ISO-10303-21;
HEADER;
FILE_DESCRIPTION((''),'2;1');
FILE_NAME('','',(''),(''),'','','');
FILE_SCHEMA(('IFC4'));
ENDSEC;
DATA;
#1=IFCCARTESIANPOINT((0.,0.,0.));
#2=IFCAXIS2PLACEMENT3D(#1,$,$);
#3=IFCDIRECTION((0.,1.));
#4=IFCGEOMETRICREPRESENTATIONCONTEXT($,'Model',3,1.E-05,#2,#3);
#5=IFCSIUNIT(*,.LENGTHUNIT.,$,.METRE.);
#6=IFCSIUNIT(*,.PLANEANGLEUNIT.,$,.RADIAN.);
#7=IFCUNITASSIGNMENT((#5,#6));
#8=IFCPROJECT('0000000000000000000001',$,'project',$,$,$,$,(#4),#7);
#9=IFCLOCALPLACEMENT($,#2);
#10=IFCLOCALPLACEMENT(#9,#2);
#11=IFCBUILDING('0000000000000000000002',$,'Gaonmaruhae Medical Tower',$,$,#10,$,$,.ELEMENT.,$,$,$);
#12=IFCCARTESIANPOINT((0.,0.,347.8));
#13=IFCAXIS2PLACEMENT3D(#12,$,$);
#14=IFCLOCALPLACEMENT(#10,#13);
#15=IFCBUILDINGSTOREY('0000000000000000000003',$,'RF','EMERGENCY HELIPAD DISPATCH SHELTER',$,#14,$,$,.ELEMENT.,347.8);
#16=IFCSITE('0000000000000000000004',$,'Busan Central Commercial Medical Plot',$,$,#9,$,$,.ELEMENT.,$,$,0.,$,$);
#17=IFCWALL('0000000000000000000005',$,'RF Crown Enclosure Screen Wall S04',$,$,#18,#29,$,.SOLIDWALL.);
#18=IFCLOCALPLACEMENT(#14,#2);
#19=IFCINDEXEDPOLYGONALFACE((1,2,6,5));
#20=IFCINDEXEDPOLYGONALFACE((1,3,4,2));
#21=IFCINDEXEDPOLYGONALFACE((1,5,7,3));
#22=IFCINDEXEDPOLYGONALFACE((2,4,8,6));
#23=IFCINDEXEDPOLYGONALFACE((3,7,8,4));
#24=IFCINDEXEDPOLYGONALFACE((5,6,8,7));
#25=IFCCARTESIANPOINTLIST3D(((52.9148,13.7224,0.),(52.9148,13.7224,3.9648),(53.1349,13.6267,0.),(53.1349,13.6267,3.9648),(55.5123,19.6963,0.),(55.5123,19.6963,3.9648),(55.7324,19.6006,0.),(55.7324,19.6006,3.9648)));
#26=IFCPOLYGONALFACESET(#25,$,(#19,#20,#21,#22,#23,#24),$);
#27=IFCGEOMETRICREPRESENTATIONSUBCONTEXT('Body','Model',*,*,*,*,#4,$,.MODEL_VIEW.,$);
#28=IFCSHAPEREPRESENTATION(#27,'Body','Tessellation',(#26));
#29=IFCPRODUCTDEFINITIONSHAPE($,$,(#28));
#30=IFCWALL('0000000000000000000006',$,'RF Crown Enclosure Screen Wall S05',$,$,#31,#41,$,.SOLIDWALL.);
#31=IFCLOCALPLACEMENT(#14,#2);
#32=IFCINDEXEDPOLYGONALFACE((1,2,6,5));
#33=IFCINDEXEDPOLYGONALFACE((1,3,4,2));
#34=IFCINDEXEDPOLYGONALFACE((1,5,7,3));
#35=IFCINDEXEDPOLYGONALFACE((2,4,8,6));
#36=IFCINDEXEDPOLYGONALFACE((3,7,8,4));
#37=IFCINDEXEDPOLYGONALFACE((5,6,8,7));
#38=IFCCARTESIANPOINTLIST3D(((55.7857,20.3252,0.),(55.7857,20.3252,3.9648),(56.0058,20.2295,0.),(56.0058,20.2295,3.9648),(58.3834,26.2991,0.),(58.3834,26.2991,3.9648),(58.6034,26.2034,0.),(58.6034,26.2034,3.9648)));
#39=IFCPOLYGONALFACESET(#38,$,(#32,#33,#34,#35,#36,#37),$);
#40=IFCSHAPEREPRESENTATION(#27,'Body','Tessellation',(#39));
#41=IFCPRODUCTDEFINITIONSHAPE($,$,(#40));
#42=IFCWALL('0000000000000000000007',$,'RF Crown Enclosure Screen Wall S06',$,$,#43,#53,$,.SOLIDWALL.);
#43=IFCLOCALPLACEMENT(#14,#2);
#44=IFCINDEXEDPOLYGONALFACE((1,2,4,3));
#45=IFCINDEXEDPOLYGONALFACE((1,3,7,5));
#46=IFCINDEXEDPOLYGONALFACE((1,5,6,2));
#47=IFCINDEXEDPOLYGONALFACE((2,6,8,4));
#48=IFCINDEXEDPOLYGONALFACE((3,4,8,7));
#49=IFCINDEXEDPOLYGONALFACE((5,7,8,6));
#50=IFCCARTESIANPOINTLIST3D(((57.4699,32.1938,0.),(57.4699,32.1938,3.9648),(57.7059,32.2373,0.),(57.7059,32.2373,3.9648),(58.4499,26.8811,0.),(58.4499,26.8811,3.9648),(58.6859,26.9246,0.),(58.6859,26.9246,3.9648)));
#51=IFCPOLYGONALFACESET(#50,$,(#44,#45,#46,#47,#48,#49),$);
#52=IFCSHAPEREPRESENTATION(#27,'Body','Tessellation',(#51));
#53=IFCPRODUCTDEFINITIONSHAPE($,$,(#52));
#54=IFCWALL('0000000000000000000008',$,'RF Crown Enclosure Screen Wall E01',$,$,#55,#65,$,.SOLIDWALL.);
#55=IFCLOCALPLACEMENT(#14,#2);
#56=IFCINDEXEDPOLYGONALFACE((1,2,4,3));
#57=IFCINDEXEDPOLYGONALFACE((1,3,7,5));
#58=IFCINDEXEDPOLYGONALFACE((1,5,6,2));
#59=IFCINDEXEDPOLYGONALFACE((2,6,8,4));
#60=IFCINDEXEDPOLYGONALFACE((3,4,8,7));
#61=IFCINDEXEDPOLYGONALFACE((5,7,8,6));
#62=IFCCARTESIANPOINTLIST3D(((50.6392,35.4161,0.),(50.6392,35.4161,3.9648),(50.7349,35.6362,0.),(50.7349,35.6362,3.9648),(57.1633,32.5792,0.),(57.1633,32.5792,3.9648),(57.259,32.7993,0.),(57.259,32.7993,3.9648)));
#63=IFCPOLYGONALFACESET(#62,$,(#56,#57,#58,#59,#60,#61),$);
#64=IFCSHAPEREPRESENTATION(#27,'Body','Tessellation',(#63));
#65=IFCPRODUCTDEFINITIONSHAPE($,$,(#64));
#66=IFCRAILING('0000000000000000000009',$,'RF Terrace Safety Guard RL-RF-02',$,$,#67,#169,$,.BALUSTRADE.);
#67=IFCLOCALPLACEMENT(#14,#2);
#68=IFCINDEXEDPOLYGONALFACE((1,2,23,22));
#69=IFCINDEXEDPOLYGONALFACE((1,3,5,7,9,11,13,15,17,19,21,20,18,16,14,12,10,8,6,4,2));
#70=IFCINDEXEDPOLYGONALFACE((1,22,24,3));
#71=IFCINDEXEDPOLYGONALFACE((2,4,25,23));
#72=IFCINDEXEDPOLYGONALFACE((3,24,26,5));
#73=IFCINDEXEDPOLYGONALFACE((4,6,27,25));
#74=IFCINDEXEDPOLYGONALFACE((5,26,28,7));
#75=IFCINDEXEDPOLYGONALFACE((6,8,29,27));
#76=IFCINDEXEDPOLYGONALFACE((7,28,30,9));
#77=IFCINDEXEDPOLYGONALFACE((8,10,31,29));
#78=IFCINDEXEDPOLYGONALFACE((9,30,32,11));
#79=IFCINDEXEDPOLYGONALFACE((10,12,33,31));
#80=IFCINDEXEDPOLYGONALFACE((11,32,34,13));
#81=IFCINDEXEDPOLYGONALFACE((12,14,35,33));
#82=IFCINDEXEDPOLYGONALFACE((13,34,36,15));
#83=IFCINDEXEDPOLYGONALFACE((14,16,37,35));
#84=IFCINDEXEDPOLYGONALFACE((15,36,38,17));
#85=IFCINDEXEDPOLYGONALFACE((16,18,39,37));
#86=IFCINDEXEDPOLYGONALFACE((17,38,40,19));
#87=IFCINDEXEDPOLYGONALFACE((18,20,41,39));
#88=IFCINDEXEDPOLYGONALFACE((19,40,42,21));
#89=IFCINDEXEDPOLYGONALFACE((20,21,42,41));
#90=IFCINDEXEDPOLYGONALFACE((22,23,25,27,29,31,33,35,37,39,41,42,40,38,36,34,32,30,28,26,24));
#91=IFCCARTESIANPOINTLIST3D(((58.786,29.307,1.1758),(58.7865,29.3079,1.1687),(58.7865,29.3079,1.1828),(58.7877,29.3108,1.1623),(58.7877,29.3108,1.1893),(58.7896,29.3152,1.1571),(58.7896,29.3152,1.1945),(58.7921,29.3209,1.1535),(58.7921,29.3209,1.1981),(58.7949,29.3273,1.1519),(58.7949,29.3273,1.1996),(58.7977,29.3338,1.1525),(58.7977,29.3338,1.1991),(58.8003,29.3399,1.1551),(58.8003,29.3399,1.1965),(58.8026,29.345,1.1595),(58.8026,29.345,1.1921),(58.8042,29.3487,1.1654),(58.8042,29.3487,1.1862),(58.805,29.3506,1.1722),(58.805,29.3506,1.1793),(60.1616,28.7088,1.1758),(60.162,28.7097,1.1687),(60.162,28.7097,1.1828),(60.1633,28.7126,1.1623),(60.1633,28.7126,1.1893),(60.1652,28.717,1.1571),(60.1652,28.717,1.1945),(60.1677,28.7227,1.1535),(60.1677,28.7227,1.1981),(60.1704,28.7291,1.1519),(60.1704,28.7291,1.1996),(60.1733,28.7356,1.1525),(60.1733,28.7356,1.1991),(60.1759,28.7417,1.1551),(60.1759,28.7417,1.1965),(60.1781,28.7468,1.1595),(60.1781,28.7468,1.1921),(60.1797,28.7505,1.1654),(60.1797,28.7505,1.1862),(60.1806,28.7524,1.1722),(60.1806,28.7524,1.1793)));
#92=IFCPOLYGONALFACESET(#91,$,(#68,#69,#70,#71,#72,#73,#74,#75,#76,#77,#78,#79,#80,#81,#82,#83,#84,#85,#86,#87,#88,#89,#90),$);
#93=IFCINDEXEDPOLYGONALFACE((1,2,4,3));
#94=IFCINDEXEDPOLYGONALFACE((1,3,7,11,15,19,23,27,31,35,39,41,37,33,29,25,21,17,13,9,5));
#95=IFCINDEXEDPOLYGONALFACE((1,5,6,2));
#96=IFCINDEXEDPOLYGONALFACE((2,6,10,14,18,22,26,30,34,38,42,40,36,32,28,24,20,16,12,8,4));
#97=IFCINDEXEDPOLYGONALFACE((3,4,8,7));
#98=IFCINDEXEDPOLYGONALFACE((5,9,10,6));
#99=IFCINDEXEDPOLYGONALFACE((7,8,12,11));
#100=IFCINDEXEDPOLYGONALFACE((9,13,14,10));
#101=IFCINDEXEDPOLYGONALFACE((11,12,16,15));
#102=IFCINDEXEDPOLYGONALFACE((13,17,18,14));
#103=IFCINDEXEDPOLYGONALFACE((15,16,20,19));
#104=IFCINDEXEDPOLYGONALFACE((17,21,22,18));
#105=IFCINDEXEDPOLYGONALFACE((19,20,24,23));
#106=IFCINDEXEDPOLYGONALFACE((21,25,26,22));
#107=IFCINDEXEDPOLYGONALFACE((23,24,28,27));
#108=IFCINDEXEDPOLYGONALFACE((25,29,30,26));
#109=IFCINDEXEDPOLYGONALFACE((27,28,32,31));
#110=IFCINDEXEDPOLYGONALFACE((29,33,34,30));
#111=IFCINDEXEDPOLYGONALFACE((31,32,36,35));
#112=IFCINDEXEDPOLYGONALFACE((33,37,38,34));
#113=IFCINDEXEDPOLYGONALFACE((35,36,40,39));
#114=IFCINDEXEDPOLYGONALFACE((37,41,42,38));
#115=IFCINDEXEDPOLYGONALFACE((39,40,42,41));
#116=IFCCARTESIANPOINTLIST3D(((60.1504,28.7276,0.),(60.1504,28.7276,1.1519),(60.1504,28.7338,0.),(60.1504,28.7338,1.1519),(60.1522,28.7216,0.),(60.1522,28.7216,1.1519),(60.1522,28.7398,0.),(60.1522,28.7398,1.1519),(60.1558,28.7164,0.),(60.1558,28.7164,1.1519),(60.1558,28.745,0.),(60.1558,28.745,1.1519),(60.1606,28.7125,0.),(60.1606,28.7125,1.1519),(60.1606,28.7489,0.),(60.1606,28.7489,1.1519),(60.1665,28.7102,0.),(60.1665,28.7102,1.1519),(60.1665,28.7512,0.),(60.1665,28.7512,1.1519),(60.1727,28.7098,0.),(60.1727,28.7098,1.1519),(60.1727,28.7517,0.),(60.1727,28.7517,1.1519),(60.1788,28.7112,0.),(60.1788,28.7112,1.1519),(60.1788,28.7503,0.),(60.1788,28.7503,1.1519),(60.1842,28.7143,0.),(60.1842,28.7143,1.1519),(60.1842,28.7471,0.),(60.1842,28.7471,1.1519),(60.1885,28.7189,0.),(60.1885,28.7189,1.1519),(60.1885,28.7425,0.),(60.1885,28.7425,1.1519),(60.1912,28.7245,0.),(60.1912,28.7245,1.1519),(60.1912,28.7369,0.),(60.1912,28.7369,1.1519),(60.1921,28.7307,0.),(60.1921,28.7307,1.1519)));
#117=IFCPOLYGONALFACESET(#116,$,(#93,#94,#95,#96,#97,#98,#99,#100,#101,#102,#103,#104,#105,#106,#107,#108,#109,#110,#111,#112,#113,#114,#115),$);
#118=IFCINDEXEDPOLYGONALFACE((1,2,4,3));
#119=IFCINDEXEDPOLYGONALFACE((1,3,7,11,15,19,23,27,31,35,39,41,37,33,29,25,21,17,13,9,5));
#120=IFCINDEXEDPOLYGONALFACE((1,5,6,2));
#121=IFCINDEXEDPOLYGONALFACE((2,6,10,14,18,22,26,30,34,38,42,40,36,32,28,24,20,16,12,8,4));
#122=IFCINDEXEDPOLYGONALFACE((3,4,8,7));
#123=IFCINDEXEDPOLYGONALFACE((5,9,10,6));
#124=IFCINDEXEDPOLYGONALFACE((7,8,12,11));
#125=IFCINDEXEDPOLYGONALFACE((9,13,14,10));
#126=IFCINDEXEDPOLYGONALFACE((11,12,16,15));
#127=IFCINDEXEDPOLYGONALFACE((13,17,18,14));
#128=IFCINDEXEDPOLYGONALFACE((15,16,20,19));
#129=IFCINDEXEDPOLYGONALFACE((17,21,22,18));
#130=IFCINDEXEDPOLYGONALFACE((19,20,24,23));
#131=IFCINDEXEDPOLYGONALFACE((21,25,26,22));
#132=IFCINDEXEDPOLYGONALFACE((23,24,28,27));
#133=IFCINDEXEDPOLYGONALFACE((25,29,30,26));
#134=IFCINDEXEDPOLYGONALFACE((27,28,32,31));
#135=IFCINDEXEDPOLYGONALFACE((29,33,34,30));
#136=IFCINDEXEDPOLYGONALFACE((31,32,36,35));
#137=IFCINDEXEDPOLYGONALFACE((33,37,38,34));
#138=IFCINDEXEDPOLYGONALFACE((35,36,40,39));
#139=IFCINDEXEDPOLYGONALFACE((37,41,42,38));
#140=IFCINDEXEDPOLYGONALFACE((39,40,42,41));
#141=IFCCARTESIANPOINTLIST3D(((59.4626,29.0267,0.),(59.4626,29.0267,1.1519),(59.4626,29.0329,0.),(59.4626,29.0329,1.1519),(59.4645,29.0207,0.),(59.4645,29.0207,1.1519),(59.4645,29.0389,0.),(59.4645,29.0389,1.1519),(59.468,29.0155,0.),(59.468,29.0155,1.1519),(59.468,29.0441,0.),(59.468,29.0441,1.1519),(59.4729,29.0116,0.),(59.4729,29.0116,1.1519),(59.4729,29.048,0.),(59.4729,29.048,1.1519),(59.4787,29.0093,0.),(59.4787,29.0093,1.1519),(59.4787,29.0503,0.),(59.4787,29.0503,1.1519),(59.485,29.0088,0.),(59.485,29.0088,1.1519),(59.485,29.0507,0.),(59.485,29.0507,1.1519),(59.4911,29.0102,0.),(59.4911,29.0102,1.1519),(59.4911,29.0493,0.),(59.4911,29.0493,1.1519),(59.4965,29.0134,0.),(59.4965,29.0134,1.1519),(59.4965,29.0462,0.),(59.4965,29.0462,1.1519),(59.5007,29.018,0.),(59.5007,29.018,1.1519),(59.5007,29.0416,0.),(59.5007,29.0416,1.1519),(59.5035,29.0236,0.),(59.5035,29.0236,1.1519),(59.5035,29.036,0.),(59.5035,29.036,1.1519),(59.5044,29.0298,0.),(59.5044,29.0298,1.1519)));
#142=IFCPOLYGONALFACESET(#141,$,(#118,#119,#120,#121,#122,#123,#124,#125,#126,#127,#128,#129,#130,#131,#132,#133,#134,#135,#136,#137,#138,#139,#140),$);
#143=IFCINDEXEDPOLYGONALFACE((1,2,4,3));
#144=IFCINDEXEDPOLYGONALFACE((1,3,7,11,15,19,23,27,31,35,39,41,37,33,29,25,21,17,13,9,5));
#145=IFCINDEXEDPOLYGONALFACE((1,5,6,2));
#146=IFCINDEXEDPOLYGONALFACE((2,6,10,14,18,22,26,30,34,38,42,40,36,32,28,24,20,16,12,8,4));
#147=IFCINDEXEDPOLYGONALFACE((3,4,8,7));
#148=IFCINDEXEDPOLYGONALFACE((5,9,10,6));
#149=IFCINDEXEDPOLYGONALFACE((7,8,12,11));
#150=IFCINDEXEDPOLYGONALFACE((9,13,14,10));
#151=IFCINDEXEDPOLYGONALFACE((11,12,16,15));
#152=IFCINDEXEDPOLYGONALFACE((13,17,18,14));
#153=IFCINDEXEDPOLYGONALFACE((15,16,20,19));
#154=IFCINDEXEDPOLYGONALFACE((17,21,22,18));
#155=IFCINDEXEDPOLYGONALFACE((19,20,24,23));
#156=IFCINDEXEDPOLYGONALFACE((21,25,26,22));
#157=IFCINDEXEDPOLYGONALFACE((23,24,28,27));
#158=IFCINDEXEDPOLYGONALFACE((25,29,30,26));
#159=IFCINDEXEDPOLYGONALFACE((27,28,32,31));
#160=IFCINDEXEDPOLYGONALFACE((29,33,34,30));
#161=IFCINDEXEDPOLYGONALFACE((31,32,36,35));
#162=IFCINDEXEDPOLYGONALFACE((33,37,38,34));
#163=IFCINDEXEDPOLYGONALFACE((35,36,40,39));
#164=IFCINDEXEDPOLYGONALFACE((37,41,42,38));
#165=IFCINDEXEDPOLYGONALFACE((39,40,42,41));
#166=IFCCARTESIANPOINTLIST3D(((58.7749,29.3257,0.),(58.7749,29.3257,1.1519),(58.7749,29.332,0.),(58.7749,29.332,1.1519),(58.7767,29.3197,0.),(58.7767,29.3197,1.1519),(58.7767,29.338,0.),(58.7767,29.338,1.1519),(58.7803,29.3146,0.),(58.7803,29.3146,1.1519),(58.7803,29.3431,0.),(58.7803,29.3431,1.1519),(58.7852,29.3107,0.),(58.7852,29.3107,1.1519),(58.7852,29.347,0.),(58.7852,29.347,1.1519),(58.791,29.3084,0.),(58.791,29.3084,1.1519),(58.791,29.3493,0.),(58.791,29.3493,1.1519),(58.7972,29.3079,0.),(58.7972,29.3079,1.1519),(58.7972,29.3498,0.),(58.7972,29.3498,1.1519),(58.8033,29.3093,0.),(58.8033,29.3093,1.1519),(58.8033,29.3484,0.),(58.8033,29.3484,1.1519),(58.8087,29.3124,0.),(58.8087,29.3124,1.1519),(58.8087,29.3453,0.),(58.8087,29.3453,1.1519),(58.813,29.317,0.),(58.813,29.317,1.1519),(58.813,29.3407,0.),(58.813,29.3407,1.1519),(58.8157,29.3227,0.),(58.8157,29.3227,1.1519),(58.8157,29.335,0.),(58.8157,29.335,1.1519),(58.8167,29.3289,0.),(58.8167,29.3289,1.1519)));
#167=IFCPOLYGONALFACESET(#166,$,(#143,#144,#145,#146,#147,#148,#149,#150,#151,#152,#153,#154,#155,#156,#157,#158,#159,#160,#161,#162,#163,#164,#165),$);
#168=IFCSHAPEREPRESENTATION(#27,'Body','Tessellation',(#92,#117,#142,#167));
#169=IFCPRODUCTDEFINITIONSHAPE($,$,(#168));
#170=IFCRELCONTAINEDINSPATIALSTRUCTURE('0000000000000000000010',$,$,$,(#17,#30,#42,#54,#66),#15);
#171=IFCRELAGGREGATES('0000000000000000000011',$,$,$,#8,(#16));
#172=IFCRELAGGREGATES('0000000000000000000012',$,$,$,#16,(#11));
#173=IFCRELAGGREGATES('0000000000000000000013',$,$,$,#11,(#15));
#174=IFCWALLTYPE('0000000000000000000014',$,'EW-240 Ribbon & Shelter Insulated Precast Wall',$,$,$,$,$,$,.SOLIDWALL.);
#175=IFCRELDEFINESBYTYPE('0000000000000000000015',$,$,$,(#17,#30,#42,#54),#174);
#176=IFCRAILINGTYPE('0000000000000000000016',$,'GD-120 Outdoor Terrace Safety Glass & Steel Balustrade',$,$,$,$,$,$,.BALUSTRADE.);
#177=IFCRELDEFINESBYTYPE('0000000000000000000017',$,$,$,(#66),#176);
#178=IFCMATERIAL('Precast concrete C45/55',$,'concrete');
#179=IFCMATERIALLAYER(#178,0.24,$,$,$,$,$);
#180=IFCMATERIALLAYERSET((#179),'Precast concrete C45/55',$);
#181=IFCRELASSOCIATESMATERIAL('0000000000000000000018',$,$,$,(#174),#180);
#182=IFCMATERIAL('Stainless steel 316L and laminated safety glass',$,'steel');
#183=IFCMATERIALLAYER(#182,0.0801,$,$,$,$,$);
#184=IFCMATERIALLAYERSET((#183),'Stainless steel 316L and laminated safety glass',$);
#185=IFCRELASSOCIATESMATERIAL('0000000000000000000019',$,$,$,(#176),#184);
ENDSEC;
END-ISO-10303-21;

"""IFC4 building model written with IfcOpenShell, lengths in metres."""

from ifc_helpers import new_model, si_unit, direction, frame, frame_2d, origin, origin_2d, place, context, subcontext, project, spatial, rectangle, circle, extrude, material, layer, layer_set, type_object, element, save


model = new_model("IFC4")

# Units and contexts
model_context = context("Model", 3, precision=1e-05, world=origin(), true_north=direction((0.0, 1.0)))
body_context = subcontext(model_context, "Body", "Model", "MODEL_VIEW")
ifc_project = project(units=[si_unit("LENGTHUNIT", "METRE"), si_unit("PLANEANGLEUNIT", "RADIAN")], contexts=[model_context])

# Site, building, storey
site_placement = place(None, origin())
site = spatial("IfcSite", under=ifc_project, at=site_placement, Name="Busan Central Commercial Medical Plot", CompositionType="ELEMENT", RefElevation=0.0)
building_placement = place(site_placement, origin())
building = spatial("IfcBuilding", under=site, at=building_placement, Name="Gaonmaruhae Medical Tower", CompositionType="ELEMENT")
storey_placement = place(building_placement, frame((0.0, 0.0, 347.8)))
storey = spatial("IfcBuildingStorey", under=building, at=storey_placement, Name="RF", Description="EMERGENCY HELIPAD DISPATCH SHELTER", CompositionType="ELEMENT", Elevation=347.8)

# Walls
ifc_material_1 = material(Name="Precast concrete C45/55", Category="concrete")
ifc_layer_1 = layer(ifc_material_1, 0.24)
ifc_layer_set_1 = layer_set([ifc_layer_1], Name="Precast concrete C45/55")
wall_type = type_object("IfcWallType", Name="EW-240 Ribbon & Shelter Insulated Precast Wall", PredefinedType="SOLIDWALL", material=ifc_layer_set_1)
for number, where, z_axis, x_axis, name in (
    (1, (55.6223, 19.6484, 0.0), (0.0, 0.0, 1.0), (-0.398736, -0.917066, 0.0), "RF Crown Enclosure Screen Wall S04"),
    (2, (58.4934, 26.2512, 0.0), (0.0, 0.0, 1.0), (-0.398767, -0.917052, 0.0), "RF Crown Enclosure Screen Wall S05"),
):
    element("IfcWall", number, at=place(storey_placement, frame(where, z_axis=z_axis, x_axis=x_axis)), inside=storey, type_object=wall_type, Name=name, PredefinedType="SOLIDWALL", context=body_context, shape_type="SweptSolid", body=[
        extrude(rectangle(XDim=6.5142, YDim=0.24, at=frame_2d((3.2571, 0.0))), origin(), (0.0, 0.0, 1.0), 3.9648),
    ])
wall_1_placement = place(storey_placement, frame((57.5879, 32.2156, 0.0), z_axis=(0.0, 0.0, 1.0), x_axis=(0.181398, -0.98341, 0.0)))
element("IfcWall", 3, at=wall_1_placement, inside=storey, type_object=wall_type, Name="RF Crown Enclosure Screen Wall S06", PredefinedType="SOLIDWALL", context=body_context, shape_type="SweptSolid", body=[
    extrude(rectangle(XDim=5.4023, YDim=0.24, at=frame_2d((2.7012, 0.0))), origin(), (0.0, 0.0, 1.0), 3.9648),
])
wall_2_placement = place(storey_placement, frame((50.687, 35.5261, 0.0), z_axis=(0.0, 0.0, 1.0), x_axis=(0.917054, -0.398764, 0.0)))
element("IfcWall", 4, at=wall_2_placement, inside=storey, type_object=wall_type, Name="RF Crown Enclosure Screen Wall E01", PredefinedType="SOLIDWALL", context=body_context, shape_type="SweptSolid", body=[
    extrude(rectangle(XDim=7.1143, YDim=0.24, at=frame_2d((3.5571, 0.0))), origin(), (0.0, 0.0, 1.0), 3.9648),
])

# Railing
ifc_material_2 = material(Name="Stainless steel 316L and laminated safety glass", Category="steel")
ifc_layer_2 = layer(ifc_material_2, 0.0801)
ifc_layer_set_2 = layer_set([ifc_layer_2], Name="Stainless steel 316L and laminated safety glass")
railing_type = type_object("IfcRailingType", Name="GD-120 Outdoor Terrace Safety Glass & Steel Balustrade", PredefinedType="BALUSTRADE", material=ifc_layer_set_2)
railing_1_placement = place(storey_placement, frame((60.1711, 28.7307, 0.0)))
element("IfcRailing", 5, at=railing_1_placement, inside=storey, type_object=railing_type, Name="RF Terrace Safety Guard RL-RF-02", PredefinedType="BALUSTRADE", context=body_context, shape_type="SweptSolid", body=[
    extrude(circle(Radius=0.0239, at=origin_2d()), frame((0.0, 0.0, 1.1758), z_axis=(-0.917044, 0.398786, 0.0), x_axis=(-0.398786, -0.917044, 0.0)), (0.0, 0.0, 1.0), 1.5),
    extrude(circle(Radius=0.021, at=origin_2d()), origin(), (0.0, 0.0, 1.0), 1.1519),
    extrude(circle(Radius=0.021, at=origin_2d()), frame((-0.6877, 0.2991, 0.0)), (0.0, 0.0, 1.0), 1.1519),
    extrude(circle(Radius=0.021, at=origin_2d()), frame((-1.3755, 0.5981, 0.0)), (0.0, 0.0, 1.0), 1.1519),
])

save(model, "model.ifc")
